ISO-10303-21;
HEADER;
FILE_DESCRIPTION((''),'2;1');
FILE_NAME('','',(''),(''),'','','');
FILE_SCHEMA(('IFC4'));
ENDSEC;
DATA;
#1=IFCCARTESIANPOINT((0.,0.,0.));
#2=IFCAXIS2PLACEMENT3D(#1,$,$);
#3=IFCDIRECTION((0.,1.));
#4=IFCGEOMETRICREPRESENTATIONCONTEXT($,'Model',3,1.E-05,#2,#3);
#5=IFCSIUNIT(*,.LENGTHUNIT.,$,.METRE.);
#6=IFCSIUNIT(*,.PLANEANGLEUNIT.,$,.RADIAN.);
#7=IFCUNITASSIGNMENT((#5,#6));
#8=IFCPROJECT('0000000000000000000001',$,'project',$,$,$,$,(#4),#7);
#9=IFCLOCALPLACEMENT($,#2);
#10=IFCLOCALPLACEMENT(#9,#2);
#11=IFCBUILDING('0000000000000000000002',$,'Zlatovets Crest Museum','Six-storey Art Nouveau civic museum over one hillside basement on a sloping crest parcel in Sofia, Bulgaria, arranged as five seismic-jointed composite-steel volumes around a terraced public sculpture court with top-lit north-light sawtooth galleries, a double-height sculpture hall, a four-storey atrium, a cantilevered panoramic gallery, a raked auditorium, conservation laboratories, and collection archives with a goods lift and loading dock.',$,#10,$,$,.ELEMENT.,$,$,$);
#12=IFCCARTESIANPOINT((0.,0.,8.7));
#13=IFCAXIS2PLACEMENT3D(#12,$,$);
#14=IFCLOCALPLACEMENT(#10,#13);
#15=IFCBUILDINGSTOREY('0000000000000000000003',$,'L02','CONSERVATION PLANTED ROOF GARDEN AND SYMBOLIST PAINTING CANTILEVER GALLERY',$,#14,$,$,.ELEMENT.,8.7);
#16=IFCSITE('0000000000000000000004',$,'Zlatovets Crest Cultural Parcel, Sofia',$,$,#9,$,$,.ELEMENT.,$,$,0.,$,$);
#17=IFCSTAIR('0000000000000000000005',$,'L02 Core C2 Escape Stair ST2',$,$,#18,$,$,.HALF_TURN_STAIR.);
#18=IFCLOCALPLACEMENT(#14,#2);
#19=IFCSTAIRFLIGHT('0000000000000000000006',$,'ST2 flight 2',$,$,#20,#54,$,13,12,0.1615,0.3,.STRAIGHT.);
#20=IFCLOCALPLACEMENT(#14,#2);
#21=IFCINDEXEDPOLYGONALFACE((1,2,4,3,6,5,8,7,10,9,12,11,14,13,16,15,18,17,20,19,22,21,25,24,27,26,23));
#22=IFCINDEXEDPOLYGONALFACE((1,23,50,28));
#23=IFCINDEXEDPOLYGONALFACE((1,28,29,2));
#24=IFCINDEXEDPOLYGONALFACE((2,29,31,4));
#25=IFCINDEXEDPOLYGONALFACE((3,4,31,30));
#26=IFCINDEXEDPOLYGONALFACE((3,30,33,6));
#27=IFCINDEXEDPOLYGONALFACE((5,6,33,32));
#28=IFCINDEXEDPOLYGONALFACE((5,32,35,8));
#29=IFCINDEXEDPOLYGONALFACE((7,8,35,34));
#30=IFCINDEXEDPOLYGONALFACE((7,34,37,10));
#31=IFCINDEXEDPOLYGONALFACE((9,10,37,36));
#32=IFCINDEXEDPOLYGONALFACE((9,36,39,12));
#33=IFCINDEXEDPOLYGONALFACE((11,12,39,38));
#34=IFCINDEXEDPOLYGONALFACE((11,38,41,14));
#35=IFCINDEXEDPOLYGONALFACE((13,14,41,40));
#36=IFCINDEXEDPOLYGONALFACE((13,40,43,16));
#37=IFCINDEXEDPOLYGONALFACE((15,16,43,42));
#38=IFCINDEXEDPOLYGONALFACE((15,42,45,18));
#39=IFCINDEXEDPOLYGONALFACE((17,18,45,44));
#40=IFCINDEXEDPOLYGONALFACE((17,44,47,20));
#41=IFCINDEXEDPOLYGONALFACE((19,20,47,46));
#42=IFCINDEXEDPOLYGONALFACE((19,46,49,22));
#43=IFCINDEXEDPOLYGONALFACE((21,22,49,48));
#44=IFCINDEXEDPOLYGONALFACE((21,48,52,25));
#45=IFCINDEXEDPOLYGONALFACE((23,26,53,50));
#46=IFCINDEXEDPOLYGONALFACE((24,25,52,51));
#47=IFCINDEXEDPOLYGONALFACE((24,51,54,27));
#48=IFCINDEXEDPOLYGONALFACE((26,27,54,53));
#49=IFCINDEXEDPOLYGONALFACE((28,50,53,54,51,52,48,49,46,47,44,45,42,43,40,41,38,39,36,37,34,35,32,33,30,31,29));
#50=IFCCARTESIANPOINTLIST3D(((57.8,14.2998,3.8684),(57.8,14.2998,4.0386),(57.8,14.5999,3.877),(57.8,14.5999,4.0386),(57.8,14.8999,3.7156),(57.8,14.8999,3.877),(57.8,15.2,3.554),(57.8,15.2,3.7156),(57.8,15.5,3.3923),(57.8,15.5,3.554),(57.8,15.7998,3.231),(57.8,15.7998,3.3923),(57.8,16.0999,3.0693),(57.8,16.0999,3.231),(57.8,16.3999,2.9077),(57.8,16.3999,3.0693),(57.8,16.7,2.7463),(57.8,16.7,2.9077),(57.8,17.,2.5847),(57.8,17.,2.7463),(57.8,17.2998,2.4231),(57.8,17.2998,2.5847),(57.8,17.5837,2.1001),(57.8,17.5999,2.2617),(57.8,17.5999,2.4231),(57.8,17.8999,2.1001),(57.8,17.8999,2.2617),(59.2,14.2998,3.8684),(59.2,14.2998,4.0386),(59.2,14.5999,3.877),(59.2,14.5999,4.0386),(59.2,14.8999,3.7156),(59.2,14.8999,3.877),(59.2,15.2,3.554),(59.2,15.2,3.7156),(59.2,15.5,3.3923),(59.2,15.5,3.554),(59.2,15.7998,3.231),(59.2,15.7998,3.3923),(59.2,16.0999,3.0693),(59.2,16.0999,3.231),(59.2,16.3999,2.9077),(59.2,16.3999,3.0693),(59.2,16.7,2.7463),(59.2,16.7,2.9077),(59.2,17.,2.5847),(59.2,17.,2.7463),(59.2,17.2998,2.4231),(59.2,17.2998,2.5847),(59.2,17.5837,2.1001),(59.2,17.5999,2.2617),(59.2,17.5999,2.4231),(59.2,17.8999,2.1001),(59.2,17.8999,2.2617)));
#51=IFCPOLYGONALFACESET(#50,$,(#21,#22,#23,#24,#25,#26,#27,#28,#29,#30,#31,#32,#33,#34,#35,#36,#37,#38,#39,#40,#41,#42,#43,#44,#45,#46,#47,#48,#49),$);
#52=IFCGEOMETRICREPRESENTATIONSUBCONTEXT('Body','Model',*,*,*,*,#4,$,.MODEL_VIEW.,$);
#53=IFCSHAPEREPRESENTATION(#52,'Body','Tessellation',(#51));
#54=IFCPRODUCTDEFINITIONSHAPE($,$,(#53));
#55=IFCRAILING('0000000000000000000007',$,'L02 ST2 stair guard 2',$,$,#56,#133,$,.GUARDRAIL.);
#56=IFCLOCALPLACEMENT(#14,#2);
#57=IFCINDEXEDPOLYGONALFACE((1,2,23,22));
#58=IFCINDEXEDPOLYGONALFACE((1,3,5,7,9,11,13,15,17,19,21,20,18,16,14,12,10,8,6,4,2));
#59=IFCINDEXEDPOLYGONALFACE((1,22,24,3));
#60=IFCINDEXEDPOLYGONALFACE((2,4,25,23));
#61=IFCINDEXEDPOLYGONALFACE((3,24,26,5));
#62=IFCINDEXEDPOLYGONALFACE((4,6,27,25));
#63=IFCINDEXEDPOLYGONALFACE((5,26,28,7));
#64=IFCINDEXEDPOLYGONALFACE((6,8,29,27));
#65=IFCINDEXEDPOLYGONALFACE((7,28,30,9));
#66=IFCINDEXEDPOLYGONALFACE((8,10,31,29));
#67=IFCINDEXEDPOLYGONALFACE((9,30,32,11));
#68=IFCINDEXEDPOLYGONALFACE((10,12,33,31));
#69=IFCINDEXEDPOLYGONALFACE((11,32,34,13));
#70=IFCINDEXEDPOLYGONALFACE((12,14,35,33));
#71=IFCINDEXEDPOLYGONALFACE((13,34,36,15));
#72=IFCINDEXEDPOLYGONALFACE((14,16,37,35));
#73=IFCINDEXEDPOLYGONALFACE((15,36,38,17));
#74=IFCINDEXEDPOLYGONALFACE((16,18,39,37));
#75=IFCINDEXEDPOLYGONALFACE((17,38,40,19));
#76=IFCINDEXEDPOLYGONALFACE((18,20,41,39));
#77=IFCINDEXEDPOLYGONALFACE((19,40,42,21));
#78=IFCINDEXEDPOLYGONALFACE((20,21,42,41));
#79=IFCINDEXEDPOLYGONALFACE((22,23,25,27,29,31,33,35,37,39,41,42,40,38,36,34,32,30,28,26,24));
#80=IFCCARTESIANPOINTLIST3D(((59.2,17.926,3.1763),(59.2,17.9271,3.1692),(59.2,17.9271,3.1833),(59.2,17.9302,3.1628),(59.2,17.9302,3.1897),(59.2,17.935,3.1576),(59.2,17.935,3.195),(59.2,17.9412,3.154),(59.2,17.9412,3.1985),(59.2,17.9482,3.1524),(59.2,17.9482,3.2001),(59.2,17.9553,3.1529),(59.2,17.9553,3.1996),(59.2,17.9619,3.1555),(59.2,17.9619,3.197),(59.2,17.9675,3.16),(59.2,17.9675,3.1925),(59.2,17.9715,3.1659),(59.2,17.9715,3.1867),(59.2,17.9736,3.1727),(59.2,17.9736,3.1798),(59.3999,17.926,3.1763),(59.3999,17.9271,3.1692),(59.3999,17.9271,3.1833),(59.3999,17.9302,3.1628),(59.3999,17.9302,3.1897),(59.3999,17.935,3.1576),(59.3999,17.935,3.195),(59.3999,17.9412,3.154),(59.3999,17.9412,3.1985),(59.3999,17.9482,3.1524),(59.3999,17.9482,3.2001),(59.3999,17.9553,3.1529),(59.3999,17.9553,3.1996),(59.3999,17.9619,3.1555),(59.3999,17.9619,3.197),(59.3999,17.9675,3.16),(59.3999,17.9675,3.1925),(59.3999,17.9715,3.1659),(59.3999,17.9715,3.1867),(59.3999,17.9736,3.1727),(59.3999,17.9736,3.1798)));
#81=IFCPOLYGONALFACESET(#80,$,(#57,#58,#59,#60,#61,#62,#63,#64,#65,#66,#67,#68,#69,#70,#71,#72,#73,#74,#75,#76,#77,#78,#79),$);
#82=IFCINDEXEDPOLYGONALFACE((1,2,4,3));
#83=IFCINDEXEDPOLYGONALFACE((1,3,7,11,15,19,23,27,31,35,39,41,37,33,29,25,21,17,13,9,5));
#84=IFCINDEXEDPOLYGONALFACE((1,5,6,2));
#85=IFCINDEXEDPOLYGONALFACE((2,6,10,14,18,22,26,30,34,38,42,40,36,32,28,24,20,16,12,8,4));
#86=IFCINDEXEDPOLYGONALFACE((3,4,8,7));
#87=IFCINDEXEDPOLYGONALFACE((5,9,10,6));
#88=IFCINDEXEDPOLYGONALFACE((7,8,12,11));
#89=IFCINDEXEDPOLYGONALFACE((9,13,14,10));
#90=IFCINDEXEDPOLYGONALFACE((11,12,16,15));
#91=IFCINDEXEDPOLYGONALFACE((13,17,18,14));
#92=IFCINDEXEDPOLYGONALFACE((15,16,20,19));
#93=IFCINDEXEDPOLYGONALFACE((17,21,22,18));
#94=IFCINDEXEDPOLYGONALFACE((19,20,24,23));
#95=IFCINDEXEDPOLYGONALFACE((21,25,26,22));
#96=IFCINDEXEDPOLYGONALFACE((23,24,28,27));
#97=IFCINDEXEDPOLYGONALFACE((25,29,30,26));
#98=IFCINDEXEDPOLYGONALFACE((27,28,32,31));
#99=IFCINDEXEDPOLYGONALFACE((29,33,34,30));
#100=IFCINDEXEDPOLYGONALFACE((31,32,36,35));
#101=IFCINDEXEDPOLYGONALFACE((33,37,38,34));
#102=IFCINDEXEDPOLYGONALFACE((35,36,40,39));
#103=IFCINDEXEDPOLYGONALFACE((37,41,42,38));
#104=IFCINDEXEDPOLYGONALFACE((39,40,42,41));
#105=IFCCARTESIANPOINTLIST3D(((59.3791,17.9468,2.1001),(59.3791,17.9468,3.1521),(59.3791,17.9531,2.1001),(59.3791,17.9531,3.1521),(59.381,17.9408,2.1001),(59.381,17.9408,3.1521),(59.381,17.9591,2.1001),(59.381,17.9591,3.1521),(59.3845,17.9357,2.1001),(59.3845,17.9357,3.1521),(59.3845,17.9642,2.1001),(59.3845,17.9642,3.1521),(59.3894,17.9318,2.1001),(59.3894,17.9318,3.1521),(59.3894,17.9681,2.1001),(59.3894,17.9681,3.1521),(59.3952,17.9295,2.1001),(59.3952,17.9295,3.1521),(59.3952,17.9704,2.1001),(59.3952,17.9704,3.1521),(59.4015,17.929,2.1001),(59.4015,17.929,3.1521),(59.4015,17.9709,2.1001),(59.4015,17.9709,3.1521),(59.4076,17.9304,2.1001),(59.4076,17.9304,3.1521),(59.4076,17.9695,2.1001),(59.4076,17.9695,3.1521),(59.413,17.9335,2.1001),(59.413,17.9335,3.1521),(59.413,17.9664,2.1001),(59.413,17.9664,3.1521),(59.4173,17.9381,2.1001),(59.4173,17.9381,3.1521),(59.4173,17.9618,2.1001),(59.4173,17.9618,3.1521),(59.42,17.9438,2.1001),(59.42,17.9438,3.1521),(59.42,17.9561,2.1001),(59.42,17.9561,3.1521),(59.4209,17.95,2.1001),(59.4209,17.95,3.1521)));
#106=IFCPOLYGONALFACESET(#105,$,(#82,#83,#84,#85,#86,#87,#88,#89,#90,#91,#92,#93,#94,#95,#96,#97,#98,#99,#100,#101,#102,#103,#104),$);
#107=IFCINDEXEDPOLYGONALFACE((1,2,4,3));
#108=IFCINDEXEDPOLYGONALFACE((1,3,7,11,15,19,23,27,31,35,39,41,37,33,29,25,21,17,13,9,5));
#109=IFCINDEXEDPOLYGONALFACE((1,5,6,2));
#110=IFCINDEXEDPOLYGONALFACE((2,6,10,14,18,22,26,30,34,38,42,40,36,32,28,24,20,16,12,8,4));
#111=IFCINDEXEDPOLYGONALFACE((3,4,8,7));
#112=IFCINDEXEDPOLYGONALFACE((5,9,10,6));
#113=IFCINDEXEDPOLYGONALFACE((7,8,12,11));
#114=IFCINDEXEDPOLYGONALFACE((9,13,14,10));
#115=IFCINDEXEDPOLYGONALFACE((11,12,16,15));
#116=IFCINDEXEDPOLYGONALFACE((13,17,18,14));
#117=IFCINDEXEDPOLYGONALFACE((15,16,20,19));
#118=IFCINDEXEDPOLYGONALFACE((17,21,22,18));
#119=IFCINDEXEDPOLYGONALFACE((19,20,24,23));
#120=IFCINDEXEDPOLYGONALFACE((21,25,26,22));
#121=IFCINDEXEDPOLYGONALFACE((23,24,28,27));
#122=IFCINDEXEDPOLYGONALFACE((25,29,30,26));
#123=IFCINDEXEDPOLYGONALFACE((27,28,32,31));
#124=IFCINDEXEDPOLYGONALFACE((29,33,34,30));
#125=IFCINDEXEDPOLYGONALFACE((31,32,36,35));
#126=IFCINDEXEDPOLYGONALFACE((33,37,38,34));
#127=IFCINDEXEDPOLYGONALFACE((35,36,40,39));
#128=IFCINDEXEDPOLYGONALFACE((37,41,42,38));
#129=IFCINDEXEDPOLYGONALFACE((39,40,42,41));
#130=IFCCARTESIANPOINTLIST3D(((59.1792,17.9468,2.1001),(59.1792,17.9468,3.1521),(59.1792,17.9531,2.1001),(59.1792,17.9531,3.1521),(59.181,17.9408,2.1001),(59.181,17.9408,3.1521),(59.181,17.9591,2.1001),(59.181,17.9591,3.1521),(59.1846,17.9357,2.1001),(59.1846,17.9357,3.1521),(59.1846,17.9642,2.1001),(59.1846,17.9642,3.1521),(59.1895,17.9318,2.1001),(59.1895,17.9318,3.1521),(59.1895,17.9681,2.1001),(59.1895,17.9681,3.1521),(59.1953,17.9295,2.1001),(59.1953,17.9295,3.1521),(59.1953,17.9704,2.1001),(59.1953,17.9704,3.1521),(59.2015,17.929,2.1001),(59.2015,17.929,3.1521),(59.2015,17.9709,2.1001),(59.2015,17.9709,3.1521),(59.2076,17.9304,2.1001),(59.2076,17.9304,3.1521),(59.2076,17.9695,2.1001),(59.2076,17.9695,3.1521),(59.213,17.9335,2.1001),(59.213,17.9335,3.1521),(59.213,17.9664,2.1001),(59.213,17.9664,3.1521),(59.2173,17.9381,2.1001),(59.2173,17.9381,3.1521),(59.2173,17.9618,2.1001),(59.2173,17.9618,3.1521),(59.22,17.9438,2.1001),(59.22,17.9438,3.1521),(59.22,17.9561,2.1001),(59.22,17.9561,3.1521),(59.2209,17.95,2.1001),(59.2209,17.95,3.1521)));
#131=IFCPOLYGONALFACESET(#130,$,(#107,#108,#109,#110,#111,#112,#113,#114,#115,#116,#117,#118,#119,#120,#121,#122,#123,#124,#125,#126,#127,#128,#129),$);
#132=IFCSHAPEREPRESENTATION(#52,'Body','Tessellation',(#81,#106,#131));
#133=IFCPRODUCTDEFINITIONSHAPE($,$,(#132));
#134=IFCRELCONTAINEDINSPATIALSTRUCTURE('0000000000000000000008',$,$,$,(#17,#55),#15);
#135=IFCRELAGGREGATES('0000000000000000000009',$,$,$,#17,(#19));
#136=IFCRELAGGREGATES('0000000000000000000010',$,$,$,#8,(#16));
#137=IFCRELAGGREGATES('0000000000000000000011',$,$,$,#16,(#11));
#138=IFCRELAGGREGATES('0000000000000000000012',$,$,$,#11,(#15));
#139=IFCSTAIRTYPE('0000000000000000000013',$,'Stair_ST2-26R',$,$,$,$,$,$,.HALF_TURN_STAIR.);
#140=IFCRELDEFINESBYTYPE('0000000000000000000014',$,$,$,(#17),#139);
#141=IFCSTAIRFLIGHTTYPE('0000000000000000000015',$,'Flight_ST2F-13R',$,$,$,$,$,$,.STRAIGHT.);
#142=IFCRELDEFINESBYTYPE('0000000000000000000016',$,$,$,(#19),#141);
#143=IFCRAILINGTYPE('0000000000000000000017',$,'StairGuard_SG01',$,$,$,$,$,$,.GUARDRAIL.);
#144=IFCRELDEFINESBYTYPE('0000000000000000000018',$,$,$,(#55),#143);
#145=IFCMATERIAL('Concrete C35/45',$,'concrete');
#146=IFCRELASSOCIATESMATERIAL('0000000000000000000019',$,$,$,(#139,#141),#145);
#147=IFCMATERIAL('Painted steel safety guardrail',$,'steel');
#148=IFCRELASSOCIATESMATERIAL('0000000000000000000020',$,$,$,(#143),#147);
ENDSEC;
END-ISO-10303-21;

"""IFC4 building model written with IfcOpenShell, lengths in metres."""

from ifc_helpers import new_model, si_unit, direction, frame, origin, origin_2d, place, context, subcontext, project, spatial, polyline, circle, outline, extrude, material, type_object, element, aggregate, save


model = new_model("IFC4")

# Units and contexts
model_context = context("Model", 3, precision=1e-05, world=origin(), true_north=direction((0.0, 1.0)))
body_context = subcontext(model_context, "Body", "Model", "MODEL_VIEW")
ifc_project = project(units=[si_unit("LENGTHUNIT", "METRE"), si_unit("PLANEANGLEUNIT", "RADIAN")], contexts=[model_context])

# Site, building, storey
site_placement = place(None, origin())
site = spatial("IfcSite", under=ifc_project, at=site_placement, Name="Zlatovets Crest Cultural Parcel, Sofia", CompositionType="ELEMENT", RefElevation=0.0)
building_placement = place(site_placement, origin())
building = spatial("IfcBuilding", under=site, at=building_placement, Name="Zlatovets Crest Museum", Description="Six-storey Art Nouveau civic museum over one hillside basement on a sloping crest parcel in Sofia, Bulgaria, arranged as five seismic-jointed composite-steel volumes around a terraced public sculpture court with top-lit north-light sawtooth galleries, a double-height sculpture hall, a four-storey atrium, a cantilevered panoramic gallery, a raked auditorium, conservation laboratories, and collection archives with a goods lift and loading dock.", CompositionType="ELEMENT")
storey_placement = place(building_placement, frame((0.0, 0.0, 8.7)))
storey = spatial("IfcBuildingStorey", under=building, at=storey_placement, Name="L02", Description="CONSERVATION PLANTED ROOF GARDEN AND SYMBOLIST PAINTING CANTILEVER GALLERY", CompositionType="ELEMENT", Elevation=8.7)

# Shared definitions
ifc_material_1 = material(Name="Concrete C35/45", Category="concrete")

# Stair, stair flight
stair_type = type_object("IfcStairType", Name="Stair_ST2-26R", PredefinedType="HALF_TURN_STAIR", material=ifc_material_1)
stair_placement = place(storey_placement, origin())
stair = element("IfcStair", 1, at=stair_placement, inside=storey, type_object=stair_type, Name="L02 Core C2 Escape Stair ST2", PredefinedType="HALF_TURN_STAIR")
stair_flight_type = type_object("IfcStairFlightType", Name="Flight_ST2F-13R", PredefinedType="STRAIGHT", material=ifc_material_1)
stair_flight_placement = place(storey_placement, frame((58.5, 17.8999, 2.1001), z_axis=(0.0, 0.0, 1.0), x_axis=(0.0, -1.0, 0.0)))
stair_flight = element("IfcStairFlight", 2, at=stair_flight_placement, type_object=stair_flight_type, Name="ST2 flight 2", NumberOfRisers=13, NumberOfTreads=12, PredefinedType="STRAIGHT", RiserHeight=0.1615, TreadLength=0.3, context=body_context, shape_type="SweptSolid", body=[
    extrude(outline(polyline([(0.0, 0.0), (0.0, 0.1616), (0.3, 0.1616), (0.3, 0.323), (0.6001, 0.323), (0.6001, 0.4846), (0.8999, 0.4846), (0.8999, 0.6462), (1.2, 0.6462), (1.2, 0.8076), (1.5, 0.8076), (1.5, 0.9692), (1.8, 0.9692), (1.8, 1.1309), (2.1001, 1.1309), (2.1001, 1.2922), (2.3999, 1.2922), (2.3999, 1.4539), (2.7, 1.4539), (2.7, 1.6155), (3.0, 1.6155), (3.0, 1.7769), (3.3, 1.7769), (3.3, 1.9385), (3.6001, 1.9385), (3.6001, 2.1001), (3.6001, 1.7683), (0.3162, 0.0), (0.0, 0.0)])), frame((0.0, 0.7, 0.0), z_axis=(0.0, -1.0, 0.0), x_axis=(1.0, 0.0, 0.0)), (0.0, 0.0, 1.0), 1.3999),
])
aggregate(stair, [stair_flight])

# Railing
ifc_material_2 = material(Name="Painted steel safety guardrail", Category="steel")
railing_type_1 = type_object("IfcRailingType", Name="StairGuard_SG01", PredefinedType="GUARDRAIL", material=ifc_material_2)
railing_1_placement = place(storey_placement, frame((59.3999, 17.95, 2.1001)))
element("IfcRailing", 3, at=railing_1_placement, inside=storey, type_object=railing_type_1, Name="L02 ST2 stair guard 2", PredefinedType="GUARDRAIL", context=body_context, shape_type="SweptSolid", body=[
    extrude(circle(Radius=0.0239, at=origin_2d()), frame((0.0, 0.0, 1.0762), z_axis=(-1.0, 0.0, 0.0), x_axis=(0.0, -1.0, 0.0)), (0.0, 0.0, 1.0), 0.2),
    extrude(circle(Radius=0.021, at=origin_2d()), origin(), (0.0, 0.0, 1.0), 1.052),
    extrude(circle(Radius=0.021, at=origin_2d()), frame((-0.2, 0.0, 0.0)), (0.0, 0.0, 1.0), 1.052),
])

save(model, "model.ifc")
